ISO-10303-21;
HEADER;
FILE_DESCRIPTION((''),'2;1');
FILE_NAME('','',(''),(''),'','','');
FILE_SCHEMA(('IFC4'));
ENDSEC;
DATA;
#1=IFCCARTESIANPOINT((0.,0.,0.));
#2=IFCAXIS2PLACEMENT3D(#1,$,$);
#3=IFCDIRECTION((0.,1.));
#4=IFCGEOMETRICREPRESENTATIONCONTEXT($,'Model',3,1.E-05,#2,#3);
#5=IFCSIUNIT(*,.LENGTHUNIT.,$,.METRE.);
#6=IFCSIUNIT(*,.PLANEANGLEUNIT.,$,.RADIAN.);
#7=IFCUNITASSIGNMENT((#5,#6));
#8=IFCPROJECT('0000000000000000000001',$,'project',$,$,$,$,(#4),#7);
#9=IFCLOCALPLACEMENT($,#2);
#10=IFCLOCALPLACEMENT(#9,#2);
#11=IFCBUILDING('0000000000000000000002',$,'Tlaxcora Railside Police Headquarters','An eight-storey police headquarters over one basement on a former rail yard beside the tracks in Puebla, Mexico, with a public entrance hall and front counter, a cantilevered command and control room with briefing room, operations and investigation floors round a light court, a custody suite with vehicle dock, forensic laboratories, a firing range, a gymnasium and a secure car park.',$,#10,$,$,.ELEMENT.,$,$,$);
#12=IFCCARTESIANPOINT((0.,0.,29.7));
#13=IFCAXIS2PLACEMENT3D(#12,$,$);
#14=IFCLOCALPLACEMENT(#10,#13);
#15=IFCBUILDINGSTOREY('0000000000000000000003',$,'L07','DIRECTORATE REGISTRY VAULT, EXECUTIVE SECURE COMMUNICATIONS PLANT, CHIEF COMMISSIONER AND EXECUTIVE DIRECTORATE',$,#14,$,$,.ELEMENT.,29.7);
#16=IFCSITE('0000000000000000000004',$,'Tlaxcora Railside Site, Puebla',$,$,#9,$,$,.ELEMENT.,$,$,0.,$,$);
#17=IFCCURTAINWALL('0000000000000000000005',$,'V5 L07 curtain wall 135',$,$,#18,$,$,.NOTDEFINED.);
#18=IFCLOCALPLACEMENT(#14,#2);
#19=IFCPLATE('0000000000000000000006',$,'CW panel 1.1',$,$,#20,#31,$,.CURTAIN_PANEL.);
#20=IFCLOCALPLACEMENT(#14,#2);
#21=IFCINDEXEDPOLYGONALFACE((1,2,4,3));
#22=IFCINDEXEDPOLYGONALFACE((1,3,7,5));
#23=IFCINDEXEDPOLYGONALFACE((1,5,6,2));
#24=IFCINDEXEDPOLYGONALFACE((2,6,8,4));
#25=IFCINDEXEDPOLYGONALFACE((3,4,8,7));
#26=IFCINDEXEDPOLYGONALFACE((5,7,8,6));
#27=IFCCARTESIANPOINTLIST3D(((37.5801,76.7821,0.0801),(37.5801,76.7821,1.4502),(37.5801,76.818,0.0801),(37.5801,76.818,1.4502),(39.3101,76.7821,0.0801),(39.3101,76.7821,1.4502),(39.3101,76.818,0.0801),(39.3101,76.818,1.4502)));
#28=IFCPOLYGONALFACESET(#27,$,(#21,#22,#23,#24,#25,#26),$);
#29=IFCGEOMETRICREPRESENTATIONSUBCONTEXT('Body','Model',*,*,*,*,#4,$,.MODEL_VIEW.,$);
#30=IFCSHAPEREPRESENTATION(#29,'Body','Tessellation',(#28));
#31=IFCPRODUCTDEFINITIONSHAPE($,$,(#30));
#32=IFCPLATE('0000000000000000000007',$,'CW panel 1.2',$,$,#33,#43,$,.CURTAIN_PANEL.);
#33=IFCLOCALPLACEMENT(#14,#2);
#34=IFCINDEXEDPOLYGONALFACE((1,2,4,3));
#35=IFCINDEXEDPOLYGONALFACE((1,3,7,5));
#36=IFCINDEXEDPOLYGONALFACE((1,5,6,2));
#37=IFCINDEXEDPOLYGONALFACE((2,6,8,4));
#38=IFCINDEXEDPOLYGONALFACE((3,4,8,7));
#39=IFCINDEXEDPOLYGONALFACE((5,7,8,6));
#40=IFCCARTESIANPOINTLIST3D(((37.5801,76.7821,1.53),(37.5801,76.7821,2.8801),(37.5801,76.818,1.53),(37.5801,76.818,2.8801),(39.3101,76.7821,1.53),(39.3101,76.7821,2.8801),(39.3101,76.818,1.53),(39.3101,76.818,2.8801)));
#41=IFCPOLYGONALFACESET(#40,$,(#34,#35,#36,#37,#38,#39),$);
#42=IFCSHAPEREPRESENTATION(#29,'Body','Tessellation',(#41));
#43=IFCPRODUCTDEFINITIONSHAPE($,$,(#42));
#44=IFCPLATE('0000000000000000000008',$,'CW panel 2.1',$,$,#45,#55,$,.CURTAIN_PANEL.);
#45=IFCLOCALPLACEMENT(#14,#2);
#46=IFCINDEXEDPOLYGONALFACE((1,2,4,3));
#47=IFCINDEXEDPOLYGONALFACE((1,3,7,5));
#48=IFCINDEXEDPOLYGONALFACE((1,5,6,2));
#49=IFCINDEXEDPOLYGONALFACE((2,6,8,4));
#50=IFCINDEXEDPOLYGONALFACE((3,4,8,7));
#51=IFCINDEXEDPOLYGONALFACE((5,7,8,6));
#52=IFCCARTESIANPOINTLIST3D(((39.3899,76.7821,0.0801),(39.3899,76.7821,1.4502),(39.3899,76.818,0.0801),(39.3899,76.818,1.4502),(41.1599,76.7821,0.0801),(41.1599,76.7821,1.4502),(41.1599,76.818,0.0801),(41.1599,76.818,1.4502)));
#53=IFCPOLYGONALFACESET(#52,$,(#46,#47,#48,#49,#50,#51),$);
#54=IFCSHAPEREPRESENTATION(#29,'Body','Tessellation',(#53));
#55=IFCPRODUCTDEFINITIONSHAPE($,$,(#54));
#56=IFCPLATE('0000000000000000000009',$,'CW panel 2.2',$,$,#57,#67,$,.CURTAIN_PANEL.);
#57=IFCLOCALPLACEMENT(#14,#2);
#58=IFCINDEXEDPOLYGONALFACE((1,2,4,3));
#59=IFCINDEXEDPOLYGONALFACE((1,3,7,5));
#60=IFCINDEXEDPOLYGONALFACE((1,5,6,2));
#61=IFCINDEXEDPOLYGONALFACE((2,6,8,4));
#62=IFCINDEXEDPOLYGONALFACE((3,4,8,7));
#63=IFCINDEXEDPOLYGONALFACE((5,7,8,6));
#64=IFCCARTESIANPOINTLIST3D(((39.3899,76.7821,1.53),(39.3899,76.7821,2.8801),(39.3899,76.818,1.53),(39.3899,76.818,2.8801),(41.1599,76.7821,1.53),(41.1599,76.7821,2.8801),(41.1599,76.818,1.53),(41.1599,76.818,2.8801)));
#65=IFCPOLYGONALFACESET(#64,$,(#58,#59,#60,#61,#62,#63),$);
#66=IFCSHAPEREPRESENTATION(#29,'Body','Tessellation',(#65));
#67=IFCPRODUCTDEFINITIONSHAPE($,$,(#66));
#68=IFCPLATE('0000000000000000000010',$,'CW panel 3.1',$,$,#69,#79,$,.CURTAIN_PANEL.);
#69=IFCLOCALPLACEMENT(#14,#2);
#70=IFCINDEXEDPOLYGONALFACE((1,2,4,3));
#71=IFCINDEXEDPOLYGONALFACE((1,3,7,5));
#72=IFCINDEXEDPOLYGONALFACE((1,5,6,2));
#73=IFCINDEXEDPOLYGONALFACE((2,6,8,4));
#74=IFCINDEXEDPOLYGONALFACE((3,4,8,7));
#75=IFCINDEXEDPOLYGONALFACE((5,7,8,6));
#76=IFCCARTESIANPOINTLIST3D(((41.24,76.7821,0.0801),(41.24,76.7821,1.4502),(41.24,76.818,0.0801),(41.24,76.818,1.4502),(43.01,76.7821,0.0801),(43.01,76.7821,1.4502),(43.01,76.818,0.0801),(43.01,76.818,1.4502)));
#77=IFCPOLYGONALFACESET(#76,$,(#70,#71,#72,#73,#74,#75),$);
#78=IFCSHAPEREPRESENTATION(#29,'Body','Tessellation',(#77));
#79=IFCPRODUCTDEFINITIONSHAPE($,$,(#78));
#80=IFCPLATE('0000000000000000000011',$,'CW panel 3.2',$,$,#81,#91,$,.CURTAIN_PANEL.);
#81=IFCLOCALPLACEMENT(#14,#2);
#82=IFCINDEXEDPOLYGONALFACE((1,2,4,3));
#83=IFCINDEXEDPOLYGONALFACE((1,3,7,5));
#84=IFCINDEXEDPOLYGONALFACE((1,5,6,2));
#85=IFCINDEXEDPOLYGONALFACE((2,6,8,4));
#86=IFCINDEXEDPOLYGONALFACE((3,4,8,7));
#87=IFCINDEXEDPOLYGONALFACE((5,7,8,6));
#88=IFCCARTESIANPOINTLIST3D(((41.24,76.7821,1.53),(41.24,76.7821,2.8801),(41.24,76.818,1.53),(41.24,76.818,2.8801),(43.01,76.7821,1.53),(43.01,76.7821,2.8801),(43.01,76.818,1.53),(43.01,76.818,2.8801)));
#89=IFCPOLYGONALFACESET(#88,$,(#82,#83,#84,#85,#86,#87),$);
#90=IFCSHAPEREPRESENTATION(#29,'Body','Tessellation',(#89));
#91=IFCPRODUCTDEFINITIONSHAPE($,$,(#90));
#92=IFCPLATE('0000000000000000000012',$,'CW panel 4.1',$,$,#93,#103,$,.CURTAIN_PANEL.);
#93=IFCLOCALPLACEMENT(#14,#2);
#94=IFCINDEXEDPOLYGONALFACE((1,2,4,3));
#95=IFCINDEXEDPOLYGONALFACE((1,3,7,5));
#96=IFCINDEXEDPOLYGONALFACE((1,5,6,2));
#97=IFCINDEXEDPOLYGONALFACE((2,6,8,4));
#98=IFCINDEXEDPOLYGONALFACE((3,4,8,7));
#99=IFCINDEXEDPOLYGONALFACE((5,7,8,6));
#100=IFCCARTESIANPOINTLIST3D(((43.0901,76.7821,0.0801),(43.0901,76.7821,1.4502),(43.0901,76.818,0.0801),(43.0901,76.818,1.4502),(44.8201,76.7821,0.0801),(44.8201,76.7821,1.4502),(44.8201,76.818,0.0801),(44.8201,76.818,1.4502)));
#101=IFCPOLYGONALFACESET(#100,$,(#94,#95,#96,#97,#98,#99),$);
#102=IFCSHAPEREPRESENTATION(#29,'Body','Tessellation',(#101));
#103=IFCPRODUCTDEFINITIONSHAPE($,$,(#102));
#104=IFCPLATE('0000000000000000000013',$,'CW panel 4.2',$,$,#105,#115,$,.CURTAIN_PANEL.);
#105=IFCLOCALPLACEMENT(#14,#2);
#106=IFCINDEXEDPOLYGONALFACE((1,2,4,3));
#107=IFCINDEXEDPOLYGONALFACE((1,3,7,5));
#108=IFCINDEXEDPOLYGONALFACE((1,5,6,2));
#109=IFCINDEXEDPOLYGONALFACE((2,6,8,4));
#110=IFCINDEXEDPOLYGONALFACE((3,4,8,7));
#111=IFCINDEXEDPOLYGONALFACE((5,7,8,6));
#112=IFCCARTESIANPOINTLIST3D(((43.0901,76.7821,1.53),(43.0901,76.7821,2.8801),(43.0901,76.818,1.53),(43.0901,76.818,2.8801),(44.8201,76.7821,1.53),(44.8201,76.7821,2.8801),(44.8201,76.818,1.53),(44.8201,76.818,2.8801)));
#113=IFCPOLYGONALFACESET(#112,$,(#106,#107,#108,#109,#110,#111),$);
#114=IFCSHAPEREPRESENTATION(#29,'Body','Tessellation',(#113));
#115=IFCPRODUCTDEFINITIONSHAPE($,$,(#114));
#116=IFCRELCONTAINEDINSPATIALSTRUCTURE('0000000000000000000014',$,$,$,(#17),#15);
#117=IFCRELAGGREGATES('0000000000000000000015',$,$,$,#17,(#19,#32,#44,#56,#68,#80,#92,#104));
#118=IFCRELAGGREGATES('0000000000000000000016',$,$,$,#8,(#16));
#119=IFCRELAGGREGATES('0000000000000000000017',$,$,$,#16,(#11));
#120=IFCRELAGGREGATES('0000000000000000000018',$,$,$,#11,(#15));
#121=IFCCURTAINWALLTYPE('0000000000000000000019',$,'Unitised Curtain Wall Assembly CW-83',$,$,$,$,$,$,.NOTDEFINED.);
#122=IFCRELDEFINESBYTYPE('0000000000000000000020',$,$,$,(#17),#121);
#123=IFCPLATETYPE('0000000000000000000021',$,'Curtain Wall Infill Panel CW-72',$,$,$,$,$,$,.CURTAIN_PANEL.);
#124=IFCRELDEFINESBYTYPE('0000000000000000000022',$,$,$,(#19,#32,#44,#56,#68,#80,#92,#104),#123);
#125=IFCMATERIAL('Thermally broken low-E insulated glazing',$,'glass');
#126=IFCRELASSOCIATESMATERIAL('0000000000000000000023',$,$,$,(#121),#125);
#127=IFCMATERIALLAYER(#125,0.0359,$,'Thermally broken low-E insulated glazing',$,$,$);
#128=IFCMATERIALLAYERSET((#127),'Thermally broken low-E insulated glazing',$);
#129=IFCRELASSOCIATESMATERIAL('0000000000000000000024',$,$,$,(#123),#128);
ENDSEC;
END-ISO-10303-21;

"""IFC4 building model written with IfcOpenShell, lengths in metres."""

from ifc_helpers import new_model, si_unit, direction, frame, origin, origin_2d, place, context, subcontext, project, spatial, rectangle, extrude, material, layer, layer_set, type_object, element, aggregate, save


model = new_model("IFC4")

# Units and contexts
model_context = context("Model", 3, precision=1e-05, world=origin(), true_north=direction((0.0, 1.0)))
body_context = subcontext(model_context, "Body", "Model", "MODEL_VIEW")
ifc_project = project(units=[si_unit("LENGTHUNIT", "METRE"), si_unit("PLANEANGLEUNIT", "RADIAN")], contexts=[model_context])

# Site, building, storey
site_placement = place(None, origin())
site = spatial("IfcSite", under=ifc_project, at=site_placement, Name="Tlaxcora Railside Site, Puebla", CompositionType="ELEMENT", RefElevation=0.0)
building_placement = place(site_placement, origin())
building = spatial("IfcBuilding", under=site, at=building_placement, Name="Tlaxcora Railside Police Headquarters", Description="An eight-storey police headquarters over one basement on a former rail yard beside the tracks in Puebla, Mexico, with a public entrance hall and front counter, a cantilevered command and control room with briefing room, operations and investigation floors round a light court, a custody suite with vehicle dock, forensic laboratories, a firing range, a gymnasium and a secure car park.", CompositionType="ELEMENT")
storey_placement = place(building_placement, frame((0.0, 0.0, 29.7)))
storey = spatial("IfcBuildingStorey", under=building, at=storey_placement, Name="L07", Description="DIRECTORATE REGISTRY VAULT, EXECUTIVE SECURE COMMUNICATIONS PLANT, CHIEF COMMISSIONER AND EXECUTIVE DIRECTORATE", CompositionType="ELEMENT", Elevation=29.7)

# Curtain wall
ifc_material_1 = material(Name="Thermally broken low-E insulated glazing", Category="glass")
curtain_wall_type_1 = type_object("IfcCurtainWallType", Name="Unitised Curtain Wall Assembly CW-83", PredefinedType="NOTDEFINED", material=ifc_material_1)
curtain_wall_1_placement = place(storey_placement, origin())
curtain_wall_1 = element("IfcCurtainWall", 1, at=curtain_wall_1_placement, inside=storey, type_object=curtain_wall_type_1, Name="V5 L07 curtain wall 135", PredefinedType="NOTDEFINED")

# Plates
ifc_layer_1 = layer(ifc_material_1, 0.0359, Name="Thermally broken low-E insulated glazing")
ifc_layer_set_1 = layer_set([ifc_layer_1], Name="Thermally broken low-E insulated glazing")
plate_type_1 = type_object("IfcPlateType", Name="Curtain Wall Infill Panel CW-72", PredefinedType="CURTAIN_PANEL", material=ifc_layer_set_1)
plate_1_placement = place(storey_placement, frame((38.4451, 76.8, 0.0801), z_axis=(0.0, 0.0, 1.0), x_axis=(1.0, 0.0, 0.0)))
plate_1 = element("IfcPlate", 2, at=plate_1_placement, type_object=plate_type_1, Name="CW panel 1.1", PredefinedType="CURTAIN_PANEL", context=body_context, shape_type="SweptSolid", body=[
    extrude(rectangle(XDim=1.73, YDim=0.0359, at=origin_2d()), origin(), (0.0, 0.0, 1.0), 1.3701),
])
plate_2_placement = place(storey_placement, frame((38.4451, 76.8, 1.53), z_axis=(0.0, 0.0, 1.0), x_axis=(1.0, 0.0, 0.0)))
plate_2 = element("IfcPlate", 3, at=plate_2_placement, type_object=plate_type_1, Name="CW panel 1.2", PredefinedType="CURTAIN_PANEL", context=body_context, shape_type="SweptSolid", body=[
    extrude(rectangle(XDim=1.73, YDim=0.0359, at=origin_2d()), origin(), (0.0, 0.0, 1.0), 1.3501),
])
plate_3_placement = place(storey_placement, frame((40.2749, 76.8, 0.0801), z_axis=(0.0, 0.0, 1.0), x_axis=(1.0, 0.0, 0.0)))
plate_3 = element("IfcPlate", 4, at=plate_3_placement, type_object=plate_type_1, Name="CW panel 2.1", PredefinedType="CURTAIN_PANEL", context=body_context, shape_type="SweptSolid", body=[
    extrude(rectangle(XDim=1.77, YDim=0.0359, at=origin_2d()), origin(), (0.0, 0.0, 1.0), 1.3701),
])
plate_4_placement = place(storey_placement, frame((40.2749, 76.8, 1.53), z_axis=(0.0, 0.0, 1.0), x_axis=(1.0, 0.0, 0.0)))
plate_4 = element("IfcPlate", 5, at=plate_4_placement, type_object=plate_type_1, Name="CW panel 2.2", PredefinedType="CURTAIN_PANEL", context=body_context, shape_type="SweptSolid", body=[
    extrude(rectangle(XDim=1.77, YDim=0.0359, at=origin_2d()), origin(), (0.0, 0.0, 1.0), 1.3501),
])
plate_5_placement = place(storey_placement, frame((42.125, 76.8, 0.0801), z_axis=(0.0, 0.0, 1.0), x_axis=(1.0, 0.0, 0.0)))
plate_5 = element("IfcPlate", 6, at=plate_5_placement, type_object=plate_type_1, Name="CW panel 3.1", PredefinedType="CURTAIN_PANEL", context=body_context, shape_type="SweptSolid", body=[
    extrude(rectangle(XDim=1.77, YDim=0.0359, at=origin_2d()), origin(), (0.0, 0.0, 1.0), 1.3701),
])
plate_6_placement = place(storey_placement, frame((42.125, 76.8, 1.53), z_axis=(0.0, 0.0, 1.0), x_axis=(1.0, 0.0, 0.0)))
plate_6 = element("IfcPlate", 7, at=plate_6_placement, type_object=plate_type_1, Name="CW panel 3.2", PredefinedType="CURTAIN_PANEL", context=body_context, shape_type="SweptSolid", body=[
    extrude(rectangle(XDim=1.77, YDim=0.0359, at=origin_2d()), origin(), (0.0, 0.0, 1.0), 1.3501),
])
plate_7_placement = place(storey_placement, frame((43.9551, 76.8, 0.0801), z_axis=(0.0, 0.0, 1.0), x_axis=(1.0, 0.0, 0.0)))
plate_7 = element("IfcPlate", 8, at=plate_7_placement, type_object=plate_type_1, Name="CW panel 4.1", PredefinedType="CURTAIN_PANEL", context=body_context, shape_type="SweptSolid", body=[
    extrude(rectangle(XDim=1.73, YDim=0.0359, at=origin_2d()), origin(), (0.0, 0.0, 1.0), 1.3701),
])
plate_8_placement = place(storey_placement, frame((43.9551, 76.8, 1.53), z_axis=(0.0, 0.0, 1.0), x_axis=(1.0, 0.0, 0.0)))
plate_8 = element("IfcPlate", 9, at=plate_8_placement, type_object=plate_type_1, Name="CW panel 4.2", PredefinedType="CURTAIN_PANEL", context=body_context, shape_type="SweptSolid", body=[
    extrude(rectangle(XDim=1.73, YDim=0.0359, at=origin_2d()), origin(), (0.0, 0.0, 1.0), 1.3501),
])
aggregate(curtain_wall_1, [plate_1, plate_2, plate_3, plate_4, plate_5, plate_6, plate_7, plate_8])

save(model, "model.ifc")
